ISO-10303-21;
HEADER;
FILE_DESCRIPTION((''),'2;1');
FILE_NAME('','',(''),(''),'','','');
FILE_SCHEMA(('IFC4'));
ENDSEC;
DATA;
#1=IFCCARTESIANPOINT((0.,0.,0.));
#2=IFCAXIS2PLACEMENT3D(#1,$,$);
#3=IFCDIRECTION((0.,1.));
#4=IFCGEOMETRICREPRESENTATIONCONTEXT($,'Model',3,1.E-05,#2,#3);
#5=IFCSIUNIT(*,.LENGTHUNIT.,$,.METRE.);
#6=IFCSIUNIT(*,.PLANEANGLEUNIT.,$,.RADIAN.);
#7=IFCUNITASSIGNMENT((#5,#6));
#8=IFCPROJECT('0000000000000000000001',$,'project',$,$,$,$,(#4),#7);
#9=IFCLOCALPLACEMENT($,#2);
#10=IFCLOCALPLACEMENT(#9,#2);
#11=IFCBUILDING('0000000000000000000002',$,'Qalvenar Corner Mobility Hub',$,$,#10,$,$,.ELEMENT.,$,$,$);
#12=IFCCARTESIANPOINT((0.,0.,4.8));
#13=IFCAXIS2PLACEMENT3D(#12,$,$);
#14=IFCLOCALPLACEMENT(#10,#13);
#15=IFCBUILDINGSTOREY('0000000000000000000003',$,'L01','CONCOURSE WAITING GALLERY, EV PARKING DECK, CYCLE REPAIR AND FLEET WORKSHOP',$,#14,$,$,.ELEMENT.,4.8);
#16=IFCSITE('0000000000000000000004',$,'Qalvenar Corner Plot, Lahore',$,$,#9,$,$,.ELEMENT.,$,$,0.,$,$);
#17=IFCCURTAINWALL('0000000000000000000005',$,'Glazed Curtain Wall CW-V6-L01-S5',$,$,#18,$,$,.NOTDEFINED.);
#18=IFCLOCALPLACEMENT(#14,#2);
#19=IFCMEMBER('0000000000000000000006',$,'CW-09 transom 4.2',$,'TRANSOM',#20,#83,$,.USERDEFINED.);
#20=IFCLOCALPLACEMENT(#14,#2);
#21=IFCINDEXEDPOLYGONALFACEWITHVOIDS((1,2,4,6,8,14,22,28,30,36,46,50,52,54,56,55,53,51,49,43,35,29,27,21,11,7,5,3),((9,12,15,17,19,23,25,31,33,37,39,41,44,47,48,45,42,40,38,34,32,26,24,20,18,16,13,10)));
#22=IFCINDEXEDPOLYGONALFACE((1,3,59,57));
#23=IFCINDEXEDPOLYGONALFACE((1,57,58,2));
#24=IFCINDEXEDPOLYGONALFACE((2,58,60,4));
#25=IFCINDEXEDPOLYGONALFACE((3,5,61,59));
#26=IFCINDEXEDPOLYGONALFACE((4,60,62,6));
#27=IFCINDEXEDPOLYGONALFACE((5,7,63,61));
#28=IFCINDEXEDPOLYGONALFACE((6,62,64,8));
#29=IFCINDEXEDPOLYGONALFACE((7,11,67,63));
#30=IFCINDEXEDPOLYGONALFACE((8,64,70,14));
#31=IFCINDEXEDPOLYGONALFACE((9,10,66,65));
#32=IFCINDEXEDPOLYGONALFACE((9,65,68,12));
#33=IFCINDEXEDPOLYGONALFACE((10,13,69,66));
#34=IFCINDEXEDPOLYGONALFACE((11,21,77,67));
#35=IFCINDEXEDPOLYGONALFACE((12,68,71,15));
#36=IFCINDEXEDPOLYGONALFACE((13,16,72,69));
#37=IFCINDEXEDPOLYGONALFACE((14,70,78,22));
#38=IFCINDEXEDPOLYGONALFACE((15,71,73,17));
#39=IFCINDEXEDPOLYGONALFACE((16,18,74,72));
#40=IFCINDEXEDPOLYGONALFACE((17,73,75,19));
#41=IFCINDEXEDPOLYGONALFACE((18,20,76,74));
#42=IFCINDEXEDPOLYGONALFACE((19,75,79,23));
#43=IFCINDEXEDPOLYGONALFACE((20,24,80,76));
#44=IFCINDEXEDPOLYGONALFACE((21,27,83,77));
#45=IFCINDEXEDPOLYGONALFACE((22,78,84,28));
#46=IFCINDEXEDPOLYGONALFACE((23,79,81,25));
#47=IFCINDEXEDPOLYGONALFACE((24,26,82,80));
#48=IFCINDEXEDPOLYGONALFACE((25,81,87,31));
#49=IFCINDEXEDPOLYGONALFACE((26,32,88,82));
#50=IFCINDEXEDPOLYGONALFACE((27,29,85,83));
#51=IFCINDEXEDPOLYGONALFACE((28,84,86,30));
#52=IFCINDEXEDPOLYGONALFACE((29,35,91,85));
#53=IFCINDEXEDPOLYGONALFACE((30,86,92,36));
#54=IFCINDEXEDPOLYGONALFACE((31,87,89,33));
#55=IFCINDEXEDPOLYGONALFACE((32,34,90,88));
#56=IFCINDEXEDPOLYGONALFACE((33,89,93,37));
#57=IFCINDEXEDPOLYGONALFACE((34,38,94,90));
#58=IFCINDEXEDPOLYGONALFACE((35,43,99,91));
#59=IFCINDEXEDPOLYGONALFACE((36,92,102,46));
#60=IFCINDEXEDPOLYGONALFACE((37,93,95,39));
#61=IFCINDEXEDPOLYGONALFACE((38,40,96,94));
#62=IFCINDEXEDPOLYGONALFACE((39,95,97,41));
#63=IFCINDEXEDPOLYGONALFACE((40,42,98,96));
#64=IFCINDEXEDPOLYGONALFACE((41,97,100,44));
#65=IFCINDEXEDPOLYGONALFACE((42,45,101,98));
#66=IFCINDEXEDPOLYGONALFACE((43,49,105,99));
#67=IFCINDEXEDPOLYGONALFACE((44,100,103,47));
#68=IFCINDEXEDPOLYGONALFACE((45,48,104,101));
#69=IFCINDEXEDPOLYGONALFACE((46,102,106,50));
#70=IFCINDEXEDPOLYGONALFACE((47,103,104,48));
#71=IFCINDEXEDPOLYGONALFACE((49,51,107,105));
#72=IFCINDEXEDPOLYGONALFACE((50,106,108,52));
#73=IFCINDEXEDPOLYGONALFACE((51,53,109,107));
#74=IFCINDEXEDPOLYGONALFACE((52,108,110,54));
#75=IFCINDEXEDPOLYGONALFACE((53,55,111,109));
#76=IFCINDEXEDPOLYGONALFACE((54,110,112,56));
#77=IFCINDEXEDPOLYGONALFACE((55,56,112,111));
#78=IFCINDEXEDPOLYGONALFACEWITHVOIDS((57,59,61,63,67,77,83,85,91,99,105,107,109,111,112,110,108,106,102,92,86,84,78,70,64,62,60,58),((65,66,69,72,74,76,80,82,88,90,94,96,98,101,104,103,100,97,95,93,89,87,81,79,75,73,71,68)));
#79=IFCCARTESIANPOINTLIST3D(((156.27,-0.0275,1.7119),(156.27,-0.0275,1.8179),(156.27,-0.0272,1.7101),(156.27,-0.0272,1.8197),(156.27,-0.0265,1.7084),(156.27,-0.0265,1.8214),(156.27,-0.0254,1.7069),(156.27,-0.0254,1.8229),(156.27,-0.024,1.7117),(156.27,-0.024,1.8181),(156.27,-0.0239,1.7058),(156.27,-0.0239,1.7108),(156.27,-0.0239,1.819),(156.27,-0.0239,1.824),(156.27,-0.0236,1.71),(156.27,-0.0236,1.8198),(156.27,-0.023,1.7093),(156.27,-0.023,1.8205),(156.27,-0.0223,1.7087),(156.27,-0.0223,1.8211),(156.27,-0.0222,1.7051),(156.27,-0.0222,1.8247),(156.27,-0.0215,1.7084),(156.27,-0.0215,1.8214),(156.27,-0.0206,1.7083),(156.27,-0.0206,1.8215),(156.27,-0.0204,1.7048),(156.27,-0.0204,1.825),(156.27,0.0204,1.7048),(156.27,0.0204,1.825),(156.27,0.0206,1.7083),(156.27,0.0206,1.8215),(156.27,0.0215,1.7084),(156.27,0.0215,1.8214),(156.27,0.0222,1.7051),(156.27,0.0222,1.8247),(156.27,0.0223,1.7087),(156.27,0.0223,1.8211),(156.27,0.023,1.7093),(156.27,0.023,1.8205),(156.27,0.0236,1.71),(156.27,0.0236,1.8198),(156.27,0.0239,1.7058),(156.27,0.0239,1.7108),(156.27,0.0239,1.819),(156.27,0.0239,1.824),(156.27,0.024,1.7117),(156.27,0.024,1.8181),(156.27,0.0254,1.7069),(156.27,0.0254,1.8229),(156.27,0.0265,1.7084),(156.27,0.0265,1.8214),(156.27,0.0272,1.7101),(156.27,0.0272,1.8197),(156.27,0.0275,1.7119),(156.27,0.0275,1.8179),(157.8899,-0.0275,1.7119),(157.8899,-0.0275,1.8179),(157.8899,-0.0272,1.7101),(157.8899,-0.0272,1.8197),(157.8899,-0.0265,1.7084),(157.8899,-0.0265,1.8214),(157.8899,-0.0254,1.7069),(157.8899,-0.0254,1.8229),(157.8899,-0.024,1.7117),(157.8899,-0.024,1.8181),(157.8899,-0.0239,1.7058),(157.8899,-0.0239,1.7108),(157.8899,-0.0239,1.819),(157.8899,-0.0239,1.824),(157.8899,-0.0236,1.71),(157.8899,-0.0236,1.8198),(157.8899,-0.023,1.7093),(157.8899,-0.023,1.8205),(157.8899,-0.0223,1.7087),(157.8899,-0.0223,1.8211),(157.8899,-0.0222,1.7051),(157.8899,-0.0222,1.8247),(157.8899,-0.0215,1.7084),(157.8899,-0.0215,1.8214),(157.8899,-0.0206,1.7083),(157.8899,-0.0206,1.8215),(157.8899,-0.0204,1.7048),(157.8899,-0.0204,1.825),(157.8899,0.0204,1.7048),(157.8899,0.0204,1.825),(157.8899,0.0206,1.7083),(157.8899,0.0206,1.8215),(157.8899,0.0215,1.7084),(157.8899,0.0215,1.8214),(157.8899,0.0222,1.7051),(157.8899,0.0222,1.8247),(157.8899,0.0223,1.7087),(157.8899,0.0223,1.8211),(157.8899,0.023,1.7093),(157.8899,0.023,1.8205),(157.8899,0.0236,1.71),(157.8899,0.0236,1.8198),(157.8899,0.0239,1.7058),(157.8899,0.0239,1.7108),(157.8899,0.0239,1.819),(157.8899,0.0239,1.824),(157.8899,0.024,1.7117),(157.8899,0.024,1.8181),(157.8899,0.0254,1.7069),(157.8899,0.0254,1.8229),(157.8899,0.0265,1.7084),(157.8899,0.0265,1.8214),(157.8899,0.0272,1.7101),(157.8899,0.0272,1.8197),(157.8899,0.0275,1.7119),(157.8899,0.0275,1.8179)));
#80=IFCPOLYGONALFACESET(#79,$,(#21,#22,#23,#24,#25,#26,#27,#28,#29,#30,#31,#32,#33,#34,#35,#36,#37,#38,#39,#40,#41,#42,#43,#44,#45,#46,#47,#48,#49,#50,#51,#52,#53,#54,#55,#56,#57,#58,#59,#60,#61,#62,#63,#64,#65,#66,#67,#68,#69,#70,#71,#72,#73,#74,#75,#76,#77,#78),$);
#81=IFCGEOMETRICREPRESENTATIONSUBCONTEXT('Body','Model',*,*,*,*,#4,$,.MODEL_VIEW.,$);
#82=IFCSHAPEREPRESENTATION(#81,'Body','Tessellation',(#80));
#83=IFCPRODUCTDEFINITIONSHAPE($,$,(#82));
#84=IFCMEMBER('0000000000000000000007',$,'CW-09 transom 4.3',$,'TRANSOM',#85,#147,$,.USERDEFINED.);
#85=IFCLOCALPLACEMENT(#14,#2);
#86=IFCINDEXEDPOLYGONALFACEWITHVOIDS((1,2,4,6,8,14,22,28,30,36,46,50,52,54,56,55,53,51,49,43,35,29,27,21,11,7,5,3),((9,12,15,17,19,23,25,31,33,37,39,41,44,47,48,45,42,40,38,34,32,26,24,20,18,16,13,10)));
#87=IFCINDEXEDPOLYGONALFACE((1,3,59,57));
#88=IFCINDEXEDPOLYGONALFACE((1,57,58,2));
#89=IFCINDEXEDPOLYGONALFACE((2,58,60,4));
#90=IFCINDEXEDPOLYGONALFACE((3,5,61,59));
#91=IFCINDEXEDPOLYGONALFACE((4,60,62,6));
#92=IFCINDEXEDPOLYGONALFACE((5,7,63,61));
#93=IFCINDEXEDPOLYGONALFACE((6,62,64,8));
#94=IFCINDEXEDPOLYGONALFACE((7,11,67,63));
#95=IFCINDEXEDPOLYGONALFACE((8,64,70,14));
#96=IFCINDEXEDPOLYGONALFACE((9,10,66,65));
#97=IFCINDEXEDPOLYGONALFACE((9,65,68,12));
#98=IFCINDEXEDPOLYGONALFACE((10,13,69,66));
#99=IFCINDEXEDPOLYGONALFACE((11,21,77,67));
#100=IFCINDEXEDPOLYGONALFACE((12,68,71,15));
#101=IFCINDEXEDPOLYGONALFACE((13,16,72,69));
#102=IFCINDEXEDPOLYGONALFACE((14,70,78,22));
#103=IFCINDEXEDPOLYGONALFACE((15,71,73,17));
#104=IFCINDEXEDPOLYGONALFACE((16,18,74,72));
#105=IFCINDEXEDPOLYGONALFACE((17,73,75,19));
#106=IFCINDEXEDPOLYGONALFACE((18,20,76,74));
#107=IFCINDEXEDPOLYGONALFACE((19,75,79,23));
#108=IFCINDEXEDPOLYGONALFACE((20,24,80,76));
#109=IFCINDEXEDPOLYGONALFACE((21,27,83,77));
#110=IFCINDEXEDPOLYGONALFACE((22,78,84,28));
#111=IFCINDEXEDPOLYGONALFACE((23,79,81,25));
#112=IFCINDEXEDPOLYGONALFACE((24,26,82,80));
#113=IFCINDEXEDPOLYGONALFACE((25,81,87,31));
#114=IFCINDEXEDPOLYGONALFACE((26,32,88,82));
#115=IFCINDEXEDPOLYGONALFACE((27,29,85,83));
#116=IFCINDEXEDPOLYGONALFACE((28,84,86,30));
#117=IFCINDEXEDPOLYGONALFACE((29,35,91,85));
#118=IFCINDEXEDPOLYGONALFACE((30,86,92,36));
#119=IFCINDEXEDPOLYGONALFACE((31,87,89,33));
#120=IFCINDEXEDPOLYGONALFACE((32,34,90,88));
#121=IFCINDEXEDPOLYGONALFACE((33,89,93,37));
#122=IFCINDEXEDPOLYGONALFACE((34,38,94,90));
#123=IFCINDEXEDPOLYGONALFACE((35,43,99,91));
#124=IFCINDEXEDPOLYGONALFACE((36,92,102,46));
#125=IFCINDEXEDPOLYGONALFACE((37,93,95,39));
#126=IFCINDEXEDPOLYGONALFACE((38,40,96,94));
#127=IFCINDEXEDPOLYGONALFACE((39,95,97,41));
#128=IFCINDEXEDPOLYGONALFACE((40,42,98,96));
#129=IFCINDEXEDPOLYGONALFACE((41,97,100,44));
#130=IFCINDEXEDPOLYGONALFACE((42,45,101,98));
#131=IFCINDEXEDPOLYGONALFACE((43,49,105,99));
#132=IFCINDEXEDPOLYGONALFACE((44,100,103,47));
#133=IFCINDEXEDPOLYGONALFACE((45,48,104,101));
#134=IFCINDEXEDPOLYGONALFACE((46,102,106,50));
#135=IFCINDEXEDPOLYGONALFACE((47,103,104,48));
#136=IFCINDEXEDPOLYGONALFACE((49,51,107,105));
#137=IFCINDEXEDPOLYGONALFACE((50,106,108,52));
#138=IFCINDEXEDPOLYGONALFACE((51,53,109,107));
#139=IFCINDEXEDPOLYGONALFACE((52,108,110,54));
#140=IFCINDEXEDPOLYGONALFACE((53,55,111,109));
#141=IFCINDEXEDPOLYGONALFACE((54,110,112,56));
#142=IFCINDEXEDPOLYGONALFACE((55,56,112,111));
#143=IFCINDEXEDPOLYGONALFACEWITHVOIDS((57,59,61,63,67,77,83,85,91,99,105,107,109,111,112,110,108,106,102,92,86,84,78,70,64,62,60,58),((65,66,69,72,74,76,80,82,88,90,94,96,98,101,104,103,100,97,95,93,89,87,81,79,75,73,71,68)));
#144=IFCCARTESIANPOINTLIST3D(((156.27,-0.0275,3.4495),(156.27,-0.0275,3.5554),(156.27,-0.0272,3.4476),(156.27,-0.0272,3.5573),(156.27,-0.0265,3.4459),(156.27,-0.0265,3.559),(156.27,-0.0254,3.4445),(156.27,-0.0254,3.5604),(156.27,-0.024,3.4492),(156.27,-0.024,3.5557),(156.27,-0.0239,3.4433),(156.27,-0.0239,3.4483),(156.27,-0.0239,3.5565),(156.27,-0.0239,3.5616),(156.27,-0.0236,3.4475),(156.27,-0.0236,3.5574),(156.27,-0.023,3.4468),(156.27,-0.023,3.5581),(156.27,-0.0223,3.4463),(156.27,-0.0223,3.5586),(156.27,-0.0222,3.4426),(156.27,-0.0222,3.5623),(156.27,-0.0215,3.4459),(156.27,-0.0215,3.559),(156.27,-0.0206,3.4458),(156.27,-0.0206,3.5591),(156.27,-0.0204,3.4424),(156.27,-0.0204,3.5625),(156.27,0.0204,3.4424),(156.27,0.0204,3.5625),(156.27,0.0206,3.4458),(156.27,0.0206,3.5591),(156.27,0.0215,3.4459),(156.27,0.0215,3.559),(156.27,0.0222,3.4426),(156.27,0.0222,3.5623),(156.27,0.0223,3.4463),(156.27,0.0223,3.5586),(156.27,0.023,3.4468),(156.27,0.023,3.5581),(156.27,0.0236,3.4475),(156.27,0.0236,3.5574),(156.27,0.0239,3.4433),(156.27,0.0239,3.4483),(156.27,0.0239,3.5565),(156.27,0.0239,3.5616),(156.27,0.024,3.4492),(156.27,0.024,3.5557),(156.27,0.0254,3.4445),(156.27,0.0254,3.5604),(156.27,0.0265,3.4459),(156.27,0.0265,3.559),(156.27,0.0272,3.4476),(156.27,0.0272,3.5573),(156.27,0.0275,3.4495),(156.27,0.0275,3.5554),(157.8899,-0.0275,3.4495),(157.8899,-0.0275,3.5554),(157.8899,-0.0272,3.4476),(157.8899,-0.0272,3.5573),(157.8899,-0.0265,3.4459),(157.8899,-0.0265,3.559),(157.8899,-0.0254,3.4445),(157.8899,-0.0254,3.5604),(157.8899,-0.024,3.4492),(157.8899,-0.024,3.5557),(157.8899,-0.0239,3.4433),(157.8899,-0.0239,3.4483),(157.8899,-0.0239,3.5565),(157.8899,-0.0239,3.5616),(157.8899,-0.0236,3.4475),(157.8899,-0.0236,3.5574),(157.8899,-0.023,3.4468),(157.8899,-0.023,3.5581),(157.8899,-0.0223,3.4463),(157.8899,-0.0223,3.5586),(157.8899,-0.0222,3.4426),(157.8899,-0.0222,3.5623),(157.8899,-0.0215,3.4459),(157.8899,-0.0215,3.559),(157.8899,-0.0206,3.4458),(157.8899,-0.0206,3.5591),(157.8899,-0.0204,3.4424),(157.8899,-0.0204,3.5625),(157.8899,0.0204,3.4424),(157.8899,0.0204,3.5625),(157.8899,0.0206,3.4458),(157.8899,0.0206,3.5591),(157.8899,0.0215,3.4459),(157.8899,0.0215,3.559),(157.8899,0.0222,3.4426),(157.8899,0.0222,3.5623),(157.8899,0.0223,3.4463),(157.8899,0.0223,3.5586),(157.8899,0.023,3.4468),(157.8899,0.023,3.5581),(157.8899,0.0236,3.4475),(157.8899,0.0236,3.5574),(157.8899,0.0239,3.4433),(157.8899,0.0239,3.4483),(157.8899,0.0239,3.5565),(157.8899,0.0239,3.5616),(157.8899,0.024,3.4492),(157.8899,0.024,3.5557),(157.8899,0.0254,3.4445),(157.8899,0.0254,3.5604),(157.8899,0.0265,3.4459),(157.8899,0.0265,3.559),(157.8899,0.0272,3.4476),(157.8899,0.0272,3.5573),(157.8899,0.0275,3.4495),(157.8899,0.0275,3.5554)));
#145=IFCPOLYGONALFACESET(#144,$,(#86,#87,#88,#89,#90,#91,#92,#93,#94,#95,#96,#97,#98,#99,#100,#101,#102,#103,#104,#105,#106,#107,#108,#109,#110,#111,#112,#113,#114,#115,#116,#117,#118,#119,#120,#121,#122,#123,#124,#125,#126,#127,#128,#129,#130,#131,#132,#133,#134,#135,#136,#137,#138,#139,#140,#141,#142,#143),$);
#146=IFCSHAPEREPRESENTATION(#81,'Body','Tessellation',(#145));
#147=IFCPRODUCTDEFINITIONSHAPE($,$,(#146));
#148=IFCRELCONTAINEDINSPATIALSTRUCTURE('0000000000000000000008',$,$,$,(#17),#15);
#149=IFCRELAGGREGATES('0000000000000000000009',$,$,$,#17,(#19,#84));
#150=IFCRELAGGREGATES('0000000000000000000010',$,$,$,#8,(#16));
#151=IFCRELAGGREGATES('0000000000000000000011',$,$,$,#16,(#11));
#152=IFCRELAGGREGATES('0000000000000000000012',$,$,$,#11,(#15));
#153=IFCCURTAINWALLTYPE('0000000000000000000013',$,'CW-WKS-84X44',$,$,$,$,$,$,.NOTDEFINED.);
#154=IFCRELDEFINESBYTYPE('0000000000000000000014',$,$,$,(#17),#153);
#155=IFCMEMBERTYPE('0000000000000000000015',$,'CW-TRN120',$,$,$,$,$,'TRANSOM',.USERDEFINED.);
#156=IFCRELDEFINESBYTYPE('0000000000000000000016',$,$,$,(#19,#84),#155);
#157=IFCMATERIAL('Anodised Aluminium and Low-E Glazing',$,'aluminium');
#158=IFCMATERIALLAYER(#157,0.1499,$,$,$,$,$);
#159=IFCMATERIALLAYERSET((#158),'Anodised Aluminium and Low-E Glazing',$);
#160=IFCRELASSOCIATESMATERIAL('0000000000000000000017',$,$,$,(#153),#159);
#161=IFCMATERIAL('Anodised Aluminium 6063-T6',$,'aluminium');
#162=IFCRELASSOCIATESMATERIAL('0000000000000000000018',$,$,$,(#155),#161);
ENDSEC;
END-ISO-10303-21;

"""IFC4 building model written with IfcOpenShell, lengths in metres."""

from ifc_helpers import new_model, si_unit, direction, frame, origin, origin_2d, place, context, subcontext, project, spatial, hollow_rectangle, extrude, material, layer, layer_set, material_profile, profile_set, type_object, element, aggregate, save


model = new_model("IFC4")

# Units and contexts
model_context = context("Model", 3, precision=1e-05, world=origin(), true_north=direction((0.0, 1.0)))
body_context = subcontext(model_context, "Body", "Model", "MODEL_VIEW")
ifc_project = project(units=[si_unit("LENGTHUNIT", "METRE"), si_unit("PLANEANGLEUNIT", "RADIAN")], contexts=[model_context])

# Site, building, storey
site_placement = place(None, origin())
site = spatial("IfcSite", under=ifc_project, at=site_placement, Name="Qalvenar Corner Plot, Lahore", CompositionType="ELEMENT", RefElevation=0.0)
building_placement = place(site_placement, origin())
building = spatial("IfcBuilding", under=site, at=building_placement, Name="Qalvenar Corner Mobility Hub", CompositionType="ELEMENT")
storey_placement = place(building_placement, frame((0.0, 0.0, 4.8)))
storey = spatial("IfcBuildingStorey", under=building, at=storey_placement, Name="L01", Description="CONCOURSE WAITING GALLERY, EV PARKING DECK, CYCLE REPAIR AND FLEET WORKSHOP", CompositionType="ELEMENT", Elevation=4.8)

# Curtain wall, members
ifc_material_1 = material(Name="Anodised Aluminium and Low-E Glazing", Category="aluminium")
ifc_layer_1 = layer(ifc_material_1, 0.1499)
ifc_layer_set_1 = layer_set([ifc_layer_1], Name="Anodised Aluminium and Low-E Glazing")
curtain_wall_type = type_object("IfcCurtainWallType", Name="CW-WKS-84X44", PredefinedType="NOTDEFINED", material=ifc_layer_set_1)
curtain_wall_placement = place(storey_placement, origin())
curtain_wall = element("IfcCurtainWall", 1, at=curtain_wall_placement, inside=storey, type_object=curtain_wall_type, Name="Glazed Curtain Wall CW-V6-L01-S5", PredefinedType="NOTDEFINED")
ifc_material_2 = material(Name="Anodised Aluminium 6063-T6", Category="aluminium")
ifc_material_profile_1 = material_profile(ifc_material_2, hollow_rectangle(XDim=0.0549, YDim=0.1201, WallThickness=0.0034, InnerFilletRadius=0.0034, OuterFilletRadius=0.0071, at=origin_2d()), Name="RHS120x55x3.5")
ifc_profile_set_1 = profile_set([ifc_material_profile_1], Name="Anodised Aluminium 6063-T6")
member_type_1 = type_object("IfcMemberType", Name="CW-TRN120", ElementType="TRANSOM", PredefinedType="USERDEFINED", material=ifc_profile_set_1)
member_1_placement = place(storey_placement, frame((156.27, 0.0, 1.7649), z_axis=(1.0, 0.0, 0.0), x_axis=(0.0, 1.0, 0.0)))
member_1 = element("IfcMember", 2, at=member_1_placement, type_object=member_type_1, Name="CW-09 transom 4.2", ObjectType="TRANSOM", PredefinedType="USERDEFINED", context=body_context, shape_type="SweptSolid", body=[
    extrude(hollow_rectangle(XDim=0.0549, YDim=0.1201, WallThickness=0.0034, InnerFilletRadius=0.0034, OuterFilletRadius=0.0071, at=origin_2d()), origin(), (0.0, 0.0, 1.0), 1.6199),
])
member_2_placement = place(storey_placement, frame((156.27, 0.0, 3.5024), z_axis=(1.0, 0.0, 0.0), x_axis=(0.0, 1.0, 0.0)))
member_2 = element("IfcMember", 3, at=member_2_placement, type_object=member_type_1, Name="CW-09 transom 4.3", ObjectType="TRANSOM", PredefinedType="USERDEFINED", context=body_context, shape_type="SweptSolid", body=[
    extrude(hollow_rectangle(XDim=0.0549, YDim=0.1201, WallThickness=0.0034, InnerFilletRadius=0.0034, OuterFilletRadius=0.0071, at=origin_2d()), origin(), (0.0, 0.0, 1.0), 1.6199),
])
aggregate(curtain_wall, [member_1, member_2])

save(model, "model.ifc")
